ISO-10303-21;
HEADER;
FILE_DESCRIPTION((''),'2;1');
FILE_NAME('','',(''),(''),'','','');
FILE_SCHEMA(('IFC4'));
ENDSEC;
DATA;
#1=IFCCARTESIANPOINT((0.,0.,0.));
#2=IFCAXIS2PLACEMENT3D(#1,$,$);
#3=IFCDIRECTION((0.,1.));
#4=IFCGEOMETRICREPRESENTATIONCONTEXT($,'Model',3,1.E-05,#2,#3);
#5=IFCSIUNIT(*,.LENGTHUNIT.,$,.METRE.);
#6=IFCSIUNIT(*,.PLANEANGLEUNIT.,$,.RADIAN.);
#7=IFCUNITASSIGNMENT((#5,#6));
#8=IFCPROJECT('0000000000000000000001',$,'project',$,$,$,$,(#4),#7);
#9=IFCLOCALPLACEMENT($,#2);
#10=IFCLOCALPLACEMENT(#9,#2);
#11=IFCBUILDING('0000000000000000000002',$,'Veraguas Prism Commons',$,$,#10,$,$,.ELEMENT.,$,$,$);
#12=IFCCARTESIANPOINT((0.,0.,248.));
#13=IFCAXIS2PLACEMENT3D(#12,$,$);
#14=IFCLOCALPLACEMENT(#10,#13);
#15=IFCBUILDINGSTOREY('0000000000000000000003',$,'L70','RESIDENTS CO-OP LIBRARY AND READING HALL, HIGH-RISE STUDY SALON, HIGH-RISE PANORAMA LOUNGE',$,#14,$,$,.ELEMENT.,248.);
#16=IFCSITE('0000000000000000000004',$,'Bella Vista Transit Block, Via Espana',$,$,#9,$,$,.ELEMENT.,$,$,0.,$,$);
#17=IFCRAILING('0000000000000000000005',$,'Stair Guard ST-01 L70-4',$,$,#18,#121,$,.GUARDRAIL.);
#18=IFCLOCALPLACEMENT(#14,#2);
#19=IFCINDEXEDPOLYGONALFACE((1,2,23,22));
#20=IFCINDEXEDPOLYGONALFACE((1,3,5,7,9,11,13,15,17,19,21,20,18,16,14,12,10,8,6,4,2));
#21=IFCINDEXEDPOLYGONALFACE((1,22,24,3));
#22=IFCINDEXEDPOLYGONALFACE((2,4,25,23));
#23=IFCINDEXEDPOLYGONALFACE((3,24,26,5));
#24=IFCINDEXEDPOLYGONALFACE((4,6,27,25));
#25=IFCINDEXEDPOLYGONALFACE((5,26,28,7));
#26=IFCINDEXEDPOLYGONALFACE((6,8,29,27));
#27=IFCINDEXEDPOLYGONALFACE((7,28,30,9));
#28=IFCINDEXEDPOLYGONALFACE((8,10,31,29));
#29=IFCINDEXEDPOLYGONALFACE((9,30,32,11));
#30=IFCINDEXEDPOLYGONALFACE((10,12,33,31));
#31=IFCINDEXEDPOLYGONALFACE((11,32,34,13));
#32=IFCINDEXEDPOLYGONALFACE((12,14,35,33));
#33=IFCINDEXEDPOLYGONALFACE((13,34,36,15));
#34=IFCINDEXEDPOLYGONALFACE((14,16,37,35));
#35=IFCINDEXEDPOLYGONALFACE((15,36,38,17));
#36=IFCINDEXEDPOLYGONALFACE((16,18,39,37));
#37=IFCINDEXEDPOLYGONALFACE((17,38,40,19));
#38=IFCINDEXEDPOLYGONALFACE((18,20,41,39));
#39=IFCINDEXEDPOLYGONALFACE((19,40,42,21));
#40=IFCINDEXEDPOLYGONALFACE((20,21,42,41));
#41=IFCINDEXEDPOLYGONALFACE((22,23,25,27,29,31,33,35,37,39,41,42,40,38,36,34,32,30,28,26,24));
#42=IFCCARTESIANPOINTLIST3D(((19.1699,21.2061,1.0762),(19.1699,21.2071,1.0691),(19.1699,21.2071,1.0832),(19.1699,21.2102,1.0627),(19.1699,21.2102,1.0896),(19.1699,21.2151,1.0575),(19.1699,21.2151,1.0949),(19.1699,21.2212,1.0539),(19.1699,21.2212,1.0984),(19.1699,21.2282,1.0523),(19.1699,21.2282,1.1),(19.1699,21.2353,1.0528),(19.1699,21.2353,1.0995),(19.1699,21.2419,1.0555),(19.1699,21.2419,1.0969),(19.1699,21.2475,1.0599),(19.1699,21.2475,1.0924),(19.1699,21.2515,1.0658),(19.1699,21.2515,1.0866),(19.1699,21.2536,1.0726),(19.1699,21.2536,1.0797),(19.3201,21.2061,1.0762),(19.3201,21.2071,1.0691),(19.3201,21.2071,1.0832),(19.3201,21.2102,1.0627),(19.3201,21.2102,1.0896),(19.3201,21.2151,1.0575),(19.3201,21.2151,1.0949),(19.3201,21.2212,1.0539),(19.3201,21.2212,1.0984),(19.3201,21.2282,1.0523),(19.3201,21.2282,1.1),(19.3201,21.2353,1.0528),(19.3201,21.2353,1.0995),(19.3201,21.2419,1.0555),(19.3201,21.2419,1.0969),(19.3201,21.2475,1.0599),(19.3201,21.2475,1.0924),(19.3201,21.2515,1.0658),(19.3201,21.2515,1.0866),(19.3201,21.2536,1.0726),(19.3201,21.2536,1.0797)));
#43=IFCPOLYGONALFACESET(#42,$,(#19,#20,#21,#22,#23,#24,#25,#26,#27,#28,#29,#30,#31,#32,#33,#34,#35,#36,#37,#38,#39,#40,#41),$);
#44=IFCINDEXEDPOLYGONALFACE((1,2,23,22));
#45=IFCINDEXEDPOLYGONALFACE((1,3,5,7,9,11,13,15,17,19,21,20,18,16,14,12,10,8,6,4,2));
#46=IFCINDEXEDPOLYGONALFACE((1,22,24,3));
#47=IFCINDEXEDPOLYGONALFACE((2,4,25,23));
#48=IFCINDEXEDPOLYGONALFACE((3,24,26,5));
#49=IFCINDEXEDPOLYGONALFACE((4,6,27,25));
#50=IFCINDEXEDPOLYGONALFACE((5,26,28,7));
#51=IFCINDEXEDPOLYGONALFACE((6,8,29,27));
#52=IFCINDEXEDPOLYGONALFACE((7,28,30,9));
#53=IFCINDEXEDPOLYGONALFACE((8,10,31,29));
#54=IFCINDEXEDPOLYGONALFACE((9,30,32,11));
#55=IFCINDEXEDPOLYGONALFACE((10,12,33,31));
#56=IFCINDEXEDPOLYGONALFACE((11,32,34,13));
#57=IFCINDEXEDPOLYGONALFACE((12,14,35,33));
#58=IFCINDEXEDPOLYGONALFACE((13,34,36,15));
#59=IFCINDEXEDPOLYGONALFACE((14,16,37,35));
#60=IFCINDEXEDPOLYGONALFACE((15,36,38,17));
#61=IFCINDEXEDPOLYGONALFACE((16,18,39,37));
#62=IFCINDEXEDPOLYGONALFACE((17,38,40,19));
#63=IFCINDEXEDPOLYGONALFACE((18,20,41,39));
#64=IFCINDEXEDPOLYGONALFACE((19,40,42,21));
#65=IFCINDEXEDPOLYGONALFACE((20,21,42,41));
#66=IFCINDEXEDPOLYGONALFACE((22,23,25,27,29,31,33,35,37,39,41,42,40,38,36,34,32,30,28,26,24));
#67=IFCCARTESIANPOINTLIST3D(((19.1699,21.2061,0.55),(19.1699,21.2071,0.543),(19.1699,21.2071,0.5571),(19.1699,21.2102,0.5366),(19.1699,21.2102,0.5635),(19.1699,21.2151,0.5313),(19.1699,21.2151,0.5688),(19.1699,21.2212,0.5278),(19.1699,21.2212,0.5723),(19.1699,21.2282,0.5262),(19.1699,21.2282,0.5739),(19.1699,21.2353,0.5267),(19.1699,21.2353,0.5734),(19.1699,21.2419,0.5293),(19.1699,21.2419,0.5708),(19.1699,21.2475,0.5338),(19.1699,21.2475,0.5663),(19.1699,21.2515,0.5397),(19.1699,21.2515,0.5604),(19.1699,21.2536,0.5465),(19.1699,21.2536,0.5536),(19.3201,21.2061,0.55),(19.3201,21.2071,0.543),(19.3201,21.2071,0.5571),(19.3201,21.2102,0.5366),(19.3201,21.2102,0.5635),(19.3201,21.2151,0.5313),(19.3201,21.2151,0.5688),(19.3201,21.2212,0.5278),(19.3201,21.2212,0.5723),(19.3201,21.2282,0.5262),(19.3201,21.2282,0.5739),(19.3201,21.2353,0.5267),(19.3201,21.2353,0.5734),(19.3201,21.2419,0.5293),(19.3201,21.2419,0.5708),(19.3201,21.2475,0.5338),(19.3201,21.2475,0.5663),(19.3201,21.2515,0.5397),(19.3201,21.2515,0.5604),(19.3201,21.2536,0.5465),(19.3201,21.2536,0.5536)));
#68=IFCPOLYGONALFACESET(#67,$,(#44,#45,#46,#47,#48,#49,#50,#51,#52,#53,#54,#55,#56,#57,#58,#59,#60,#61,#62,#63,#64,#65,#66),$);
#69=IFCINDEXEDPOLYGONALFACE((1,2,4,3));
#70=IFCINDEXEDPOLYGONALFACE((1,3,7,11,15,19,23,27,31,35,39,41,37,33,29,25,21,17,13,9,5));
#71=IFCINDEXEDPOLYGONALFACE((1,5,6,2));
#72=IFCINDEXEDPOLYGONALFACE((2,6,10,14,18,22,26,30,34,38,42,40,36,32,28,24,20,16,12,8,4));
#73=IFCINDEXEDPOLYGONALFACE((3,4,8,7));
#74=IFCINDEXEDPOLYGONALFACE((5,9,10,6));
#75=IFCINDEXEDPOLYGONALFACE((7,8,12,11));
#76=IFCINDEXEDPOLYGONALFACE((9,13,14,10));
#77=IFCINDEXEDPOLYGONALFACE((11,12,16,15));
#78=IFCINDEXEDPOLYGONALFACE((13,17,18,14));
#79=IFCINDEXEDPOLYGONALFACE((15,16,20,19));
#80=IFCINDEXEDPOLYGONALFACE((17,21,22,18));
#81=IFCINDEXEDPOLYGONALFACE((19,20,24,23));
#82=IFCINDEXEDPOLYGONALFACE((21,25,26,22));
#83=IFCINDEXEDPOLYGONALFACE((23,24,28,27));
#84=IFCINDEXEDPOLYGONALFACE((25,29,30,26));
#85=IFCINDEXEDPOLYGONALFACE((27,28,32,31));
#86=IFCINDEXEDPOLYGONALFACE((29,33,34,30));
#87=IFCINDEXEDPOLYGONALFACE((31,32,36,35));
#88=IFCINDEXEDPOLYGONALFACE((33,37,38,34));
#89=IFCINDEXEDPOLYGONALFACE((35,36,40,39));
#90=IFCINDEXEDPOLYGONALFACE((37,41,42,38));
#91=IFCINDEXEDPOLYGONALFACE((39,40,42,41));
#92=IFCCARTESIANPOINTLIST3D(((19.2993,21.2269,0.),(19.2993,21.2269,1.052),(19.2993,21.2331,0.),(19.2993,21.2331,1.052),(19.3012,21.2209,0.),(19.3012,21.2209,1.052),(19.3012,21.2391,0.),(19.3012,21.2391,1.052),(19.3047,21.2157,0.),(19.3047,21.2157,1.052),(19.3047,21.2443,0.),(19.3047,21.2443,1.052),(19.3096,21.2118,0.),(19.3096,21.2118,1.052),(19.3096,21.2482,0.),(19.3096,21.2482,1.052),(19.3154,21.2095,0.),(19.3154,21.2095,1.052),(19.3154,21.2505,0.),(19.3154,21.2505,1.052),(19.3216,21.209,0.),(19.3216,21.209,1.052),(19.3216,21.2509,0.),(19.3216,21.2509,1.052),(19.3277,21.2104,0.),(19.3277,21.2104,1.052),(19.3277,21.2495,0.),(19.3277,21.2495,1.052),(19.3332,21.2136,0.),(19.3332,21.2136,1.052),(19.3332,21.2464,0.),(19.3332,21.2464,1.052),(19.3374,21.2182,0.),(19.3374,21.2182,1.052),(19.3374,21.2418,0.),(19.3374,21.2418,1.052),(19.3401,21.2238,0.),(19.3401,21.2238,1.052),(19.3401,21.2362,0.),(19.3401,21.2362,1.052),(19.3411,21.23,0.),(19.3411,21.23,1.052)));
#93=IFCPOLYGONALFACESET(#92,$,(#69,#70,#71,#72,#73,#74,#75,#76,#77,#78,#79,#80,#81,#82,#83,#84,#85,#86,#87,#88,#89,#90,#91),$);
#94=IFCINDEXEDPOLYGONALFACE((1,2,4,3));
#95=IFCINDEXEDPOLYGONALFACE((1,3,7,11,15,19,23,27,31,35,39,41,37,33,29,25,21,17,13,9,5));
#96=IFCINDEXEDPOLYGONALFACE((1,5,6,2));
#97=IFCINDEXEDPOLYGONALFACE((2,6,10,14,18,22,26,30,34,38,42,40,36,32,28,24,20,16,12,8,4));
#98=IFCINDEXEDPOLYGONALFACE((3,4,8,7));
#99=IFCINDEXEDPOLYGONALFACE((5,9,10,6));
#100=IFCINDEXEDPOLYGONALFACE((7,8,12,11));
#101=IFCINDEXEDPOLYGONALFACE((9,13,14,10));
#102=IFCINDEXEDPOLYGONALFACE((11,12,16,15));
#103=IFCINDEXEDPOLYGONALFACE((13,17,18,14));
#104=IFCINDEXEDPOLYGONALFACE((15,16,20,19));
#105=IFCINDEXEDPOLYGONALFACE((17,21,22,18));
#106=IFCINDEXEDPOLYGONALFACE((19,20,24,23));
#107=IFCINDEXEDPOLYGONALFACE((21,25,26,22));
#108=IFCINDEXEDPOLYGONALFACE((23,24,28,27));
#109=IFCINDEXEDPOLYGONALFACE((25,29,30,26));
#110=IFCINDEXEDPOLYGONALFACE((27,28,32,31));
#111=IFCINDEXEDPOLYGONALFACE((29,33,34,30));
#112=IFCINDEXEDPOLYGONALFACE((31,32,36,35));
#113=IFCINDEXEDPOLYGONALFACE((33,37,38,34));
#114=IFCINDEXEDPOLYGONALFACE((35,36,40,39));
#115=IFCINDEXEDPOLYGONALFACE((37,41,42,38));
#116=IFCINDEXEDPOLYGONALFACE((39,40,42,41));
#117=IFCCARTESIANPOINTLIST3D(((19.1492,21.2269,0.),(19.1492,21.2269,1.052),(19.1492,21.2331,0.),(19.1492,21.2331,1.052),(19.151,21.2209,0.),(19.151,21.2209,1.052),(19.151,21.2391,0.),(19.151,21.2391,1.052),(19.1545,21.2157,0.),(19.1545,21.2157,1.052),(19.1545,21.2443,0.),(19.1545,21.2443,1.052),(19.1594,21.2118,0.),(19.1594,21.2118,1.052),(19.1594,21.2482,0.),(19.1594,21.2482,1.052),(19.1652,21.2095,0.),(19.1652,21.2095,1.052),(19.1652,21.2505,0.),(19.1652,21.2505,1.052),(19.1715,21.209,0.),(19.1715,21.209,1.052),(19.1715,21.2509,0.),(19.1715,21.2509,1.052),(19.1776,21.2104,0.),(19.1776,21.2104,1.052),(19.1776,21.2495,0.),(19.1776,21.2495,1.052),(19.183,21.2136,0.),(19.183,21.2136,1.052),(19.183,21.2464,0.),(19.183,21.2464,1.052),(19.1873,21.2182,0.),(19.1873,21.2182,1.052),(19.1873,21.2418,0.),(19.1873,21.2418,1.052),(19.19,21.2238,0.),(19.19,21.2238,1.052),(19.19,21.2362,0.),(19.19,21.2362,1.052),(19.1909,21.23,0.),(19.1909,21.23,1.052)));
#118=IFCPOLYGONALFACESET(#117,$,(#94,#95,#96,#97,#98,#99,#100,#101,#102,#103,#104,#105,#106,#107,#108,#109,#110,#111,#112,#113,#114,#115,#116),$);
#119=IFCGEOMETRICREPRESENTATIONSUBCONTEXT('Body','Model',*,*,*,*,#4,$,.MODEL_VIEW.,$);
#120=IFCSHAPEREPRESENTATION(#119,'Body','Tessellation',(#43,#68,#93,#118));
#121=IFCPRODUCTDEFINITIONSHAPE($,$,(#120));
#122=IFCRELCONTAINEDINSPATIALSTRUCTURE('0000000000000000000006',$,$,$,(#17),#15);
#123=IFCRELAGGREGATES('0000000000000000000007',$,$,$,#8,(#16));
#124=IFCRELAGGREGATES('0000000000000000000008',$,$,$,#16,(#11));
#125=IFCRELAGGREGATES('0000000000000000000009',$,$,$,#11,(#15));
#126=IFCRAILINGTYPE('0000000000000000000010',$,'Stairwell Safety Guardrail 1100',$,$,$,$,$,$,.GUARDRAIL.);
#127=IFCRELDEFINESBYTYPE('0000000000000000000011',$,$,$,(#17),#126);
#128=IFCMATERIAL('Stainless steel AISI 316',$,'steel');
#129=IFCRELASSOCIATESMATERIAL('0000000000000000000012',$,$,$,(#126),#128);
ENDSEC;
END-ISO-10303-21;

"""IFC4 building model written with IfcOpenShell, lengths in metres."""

from ifc_helpers import new_model, si_unit, direction, frame, origin, origin_2d, place, context, subcontext, project, spatial, circle, extrude, material, type_object, element, save


model = new_model("IFC4")

# Units and contexts
model_context = context("Model", 3, precision=1e-05, world=origin(), true_north=direction((0.0, 1.0)))
body_context = subcontext(model_context, "Body", "Model", "MODEL_VIEW")
ifc_project = project(units=[si_unit("LENGTHUNIT", "METRE"), si_unit("PLANEANGLEUNIT", "RADIAN")], contexts=[model_context])

# Site, building, storey
site_placement = place(None, origin())
site = spatial("IfcSite", under=ifc_project, at=site_placement, Name="Bella Vista Transit Block, Via Espana", CompositionType="ELEMENT", RefElevation=0.0)
building_placement = place(site_placement, origin())
building = spatial("IfcBuilding", under=site, at=building_placement, Name="Veraguas Prism Commons", CompositionType="ELEMENT")
storey_placement = place(building_placement, frame((0.0, 0.0, 248.0)))
storey = spatial("IfcBuildingStorey", under=building, at=storey_placement, Name="L70", Description="RESIDENTS CO-OP LIBRARY AND READING HALL, HIGH-RISE STUDY SALON, HIGH-RISE PANORAMA LOUNGE", CompositionType="ELEMENT", Elevation=248.0)

# Railing
ifc_material_1 = material(Name="Stainless steel AISI 316", Category="steel")
railing_type = type_object("IfcRailingType", Name="Stairwell Safety Guardrail 1100", PredefinedType="GUARDRAIL", material=ifc_material_1)
railing_1_placement = place(storey_placement, frame((19.3201, 21.23, 0.0)))
element("IfcRailing", 1, at=railing_1_placement, inside=storey, type_object=railing_type, Name="Stair Guard ST-01 L70-4", PredefinedType="GUARDRAIL", context=body_context, shape_type="SweptSolid", body=[
    extrude(circle(Radius=0.0239, at=origin_2d()), frame((0.0, 0.0, 1.0762), z_axis=(-1.0, 0.0, 0.0), x_axis=(0.0, -1.0, 0.0)), (0.0, 0.0, 1.0), 0.1501),
    extrude(circle(Radius=0.0239, at=origin_2d()), frame((0.0, 0.0, 0.55), z_axis=(-1.0, 0.0, 0.0), x_axis=(0.0, -1.0, 0.0)), (0.0, 0.0, 1.0), 0.1501),
    extrude(circle(Radius=0.021, at=origin_2d()), origin(), (0.0, 0.0, 1.0), 1.052),
    extrude(circle(Radius=0.021, at=origin_2d()), frame((-0.1501, 0.0, 0.0)), (0.0, 0.0, 1.0), 1.052),
])

save(model, "model.ifc")
